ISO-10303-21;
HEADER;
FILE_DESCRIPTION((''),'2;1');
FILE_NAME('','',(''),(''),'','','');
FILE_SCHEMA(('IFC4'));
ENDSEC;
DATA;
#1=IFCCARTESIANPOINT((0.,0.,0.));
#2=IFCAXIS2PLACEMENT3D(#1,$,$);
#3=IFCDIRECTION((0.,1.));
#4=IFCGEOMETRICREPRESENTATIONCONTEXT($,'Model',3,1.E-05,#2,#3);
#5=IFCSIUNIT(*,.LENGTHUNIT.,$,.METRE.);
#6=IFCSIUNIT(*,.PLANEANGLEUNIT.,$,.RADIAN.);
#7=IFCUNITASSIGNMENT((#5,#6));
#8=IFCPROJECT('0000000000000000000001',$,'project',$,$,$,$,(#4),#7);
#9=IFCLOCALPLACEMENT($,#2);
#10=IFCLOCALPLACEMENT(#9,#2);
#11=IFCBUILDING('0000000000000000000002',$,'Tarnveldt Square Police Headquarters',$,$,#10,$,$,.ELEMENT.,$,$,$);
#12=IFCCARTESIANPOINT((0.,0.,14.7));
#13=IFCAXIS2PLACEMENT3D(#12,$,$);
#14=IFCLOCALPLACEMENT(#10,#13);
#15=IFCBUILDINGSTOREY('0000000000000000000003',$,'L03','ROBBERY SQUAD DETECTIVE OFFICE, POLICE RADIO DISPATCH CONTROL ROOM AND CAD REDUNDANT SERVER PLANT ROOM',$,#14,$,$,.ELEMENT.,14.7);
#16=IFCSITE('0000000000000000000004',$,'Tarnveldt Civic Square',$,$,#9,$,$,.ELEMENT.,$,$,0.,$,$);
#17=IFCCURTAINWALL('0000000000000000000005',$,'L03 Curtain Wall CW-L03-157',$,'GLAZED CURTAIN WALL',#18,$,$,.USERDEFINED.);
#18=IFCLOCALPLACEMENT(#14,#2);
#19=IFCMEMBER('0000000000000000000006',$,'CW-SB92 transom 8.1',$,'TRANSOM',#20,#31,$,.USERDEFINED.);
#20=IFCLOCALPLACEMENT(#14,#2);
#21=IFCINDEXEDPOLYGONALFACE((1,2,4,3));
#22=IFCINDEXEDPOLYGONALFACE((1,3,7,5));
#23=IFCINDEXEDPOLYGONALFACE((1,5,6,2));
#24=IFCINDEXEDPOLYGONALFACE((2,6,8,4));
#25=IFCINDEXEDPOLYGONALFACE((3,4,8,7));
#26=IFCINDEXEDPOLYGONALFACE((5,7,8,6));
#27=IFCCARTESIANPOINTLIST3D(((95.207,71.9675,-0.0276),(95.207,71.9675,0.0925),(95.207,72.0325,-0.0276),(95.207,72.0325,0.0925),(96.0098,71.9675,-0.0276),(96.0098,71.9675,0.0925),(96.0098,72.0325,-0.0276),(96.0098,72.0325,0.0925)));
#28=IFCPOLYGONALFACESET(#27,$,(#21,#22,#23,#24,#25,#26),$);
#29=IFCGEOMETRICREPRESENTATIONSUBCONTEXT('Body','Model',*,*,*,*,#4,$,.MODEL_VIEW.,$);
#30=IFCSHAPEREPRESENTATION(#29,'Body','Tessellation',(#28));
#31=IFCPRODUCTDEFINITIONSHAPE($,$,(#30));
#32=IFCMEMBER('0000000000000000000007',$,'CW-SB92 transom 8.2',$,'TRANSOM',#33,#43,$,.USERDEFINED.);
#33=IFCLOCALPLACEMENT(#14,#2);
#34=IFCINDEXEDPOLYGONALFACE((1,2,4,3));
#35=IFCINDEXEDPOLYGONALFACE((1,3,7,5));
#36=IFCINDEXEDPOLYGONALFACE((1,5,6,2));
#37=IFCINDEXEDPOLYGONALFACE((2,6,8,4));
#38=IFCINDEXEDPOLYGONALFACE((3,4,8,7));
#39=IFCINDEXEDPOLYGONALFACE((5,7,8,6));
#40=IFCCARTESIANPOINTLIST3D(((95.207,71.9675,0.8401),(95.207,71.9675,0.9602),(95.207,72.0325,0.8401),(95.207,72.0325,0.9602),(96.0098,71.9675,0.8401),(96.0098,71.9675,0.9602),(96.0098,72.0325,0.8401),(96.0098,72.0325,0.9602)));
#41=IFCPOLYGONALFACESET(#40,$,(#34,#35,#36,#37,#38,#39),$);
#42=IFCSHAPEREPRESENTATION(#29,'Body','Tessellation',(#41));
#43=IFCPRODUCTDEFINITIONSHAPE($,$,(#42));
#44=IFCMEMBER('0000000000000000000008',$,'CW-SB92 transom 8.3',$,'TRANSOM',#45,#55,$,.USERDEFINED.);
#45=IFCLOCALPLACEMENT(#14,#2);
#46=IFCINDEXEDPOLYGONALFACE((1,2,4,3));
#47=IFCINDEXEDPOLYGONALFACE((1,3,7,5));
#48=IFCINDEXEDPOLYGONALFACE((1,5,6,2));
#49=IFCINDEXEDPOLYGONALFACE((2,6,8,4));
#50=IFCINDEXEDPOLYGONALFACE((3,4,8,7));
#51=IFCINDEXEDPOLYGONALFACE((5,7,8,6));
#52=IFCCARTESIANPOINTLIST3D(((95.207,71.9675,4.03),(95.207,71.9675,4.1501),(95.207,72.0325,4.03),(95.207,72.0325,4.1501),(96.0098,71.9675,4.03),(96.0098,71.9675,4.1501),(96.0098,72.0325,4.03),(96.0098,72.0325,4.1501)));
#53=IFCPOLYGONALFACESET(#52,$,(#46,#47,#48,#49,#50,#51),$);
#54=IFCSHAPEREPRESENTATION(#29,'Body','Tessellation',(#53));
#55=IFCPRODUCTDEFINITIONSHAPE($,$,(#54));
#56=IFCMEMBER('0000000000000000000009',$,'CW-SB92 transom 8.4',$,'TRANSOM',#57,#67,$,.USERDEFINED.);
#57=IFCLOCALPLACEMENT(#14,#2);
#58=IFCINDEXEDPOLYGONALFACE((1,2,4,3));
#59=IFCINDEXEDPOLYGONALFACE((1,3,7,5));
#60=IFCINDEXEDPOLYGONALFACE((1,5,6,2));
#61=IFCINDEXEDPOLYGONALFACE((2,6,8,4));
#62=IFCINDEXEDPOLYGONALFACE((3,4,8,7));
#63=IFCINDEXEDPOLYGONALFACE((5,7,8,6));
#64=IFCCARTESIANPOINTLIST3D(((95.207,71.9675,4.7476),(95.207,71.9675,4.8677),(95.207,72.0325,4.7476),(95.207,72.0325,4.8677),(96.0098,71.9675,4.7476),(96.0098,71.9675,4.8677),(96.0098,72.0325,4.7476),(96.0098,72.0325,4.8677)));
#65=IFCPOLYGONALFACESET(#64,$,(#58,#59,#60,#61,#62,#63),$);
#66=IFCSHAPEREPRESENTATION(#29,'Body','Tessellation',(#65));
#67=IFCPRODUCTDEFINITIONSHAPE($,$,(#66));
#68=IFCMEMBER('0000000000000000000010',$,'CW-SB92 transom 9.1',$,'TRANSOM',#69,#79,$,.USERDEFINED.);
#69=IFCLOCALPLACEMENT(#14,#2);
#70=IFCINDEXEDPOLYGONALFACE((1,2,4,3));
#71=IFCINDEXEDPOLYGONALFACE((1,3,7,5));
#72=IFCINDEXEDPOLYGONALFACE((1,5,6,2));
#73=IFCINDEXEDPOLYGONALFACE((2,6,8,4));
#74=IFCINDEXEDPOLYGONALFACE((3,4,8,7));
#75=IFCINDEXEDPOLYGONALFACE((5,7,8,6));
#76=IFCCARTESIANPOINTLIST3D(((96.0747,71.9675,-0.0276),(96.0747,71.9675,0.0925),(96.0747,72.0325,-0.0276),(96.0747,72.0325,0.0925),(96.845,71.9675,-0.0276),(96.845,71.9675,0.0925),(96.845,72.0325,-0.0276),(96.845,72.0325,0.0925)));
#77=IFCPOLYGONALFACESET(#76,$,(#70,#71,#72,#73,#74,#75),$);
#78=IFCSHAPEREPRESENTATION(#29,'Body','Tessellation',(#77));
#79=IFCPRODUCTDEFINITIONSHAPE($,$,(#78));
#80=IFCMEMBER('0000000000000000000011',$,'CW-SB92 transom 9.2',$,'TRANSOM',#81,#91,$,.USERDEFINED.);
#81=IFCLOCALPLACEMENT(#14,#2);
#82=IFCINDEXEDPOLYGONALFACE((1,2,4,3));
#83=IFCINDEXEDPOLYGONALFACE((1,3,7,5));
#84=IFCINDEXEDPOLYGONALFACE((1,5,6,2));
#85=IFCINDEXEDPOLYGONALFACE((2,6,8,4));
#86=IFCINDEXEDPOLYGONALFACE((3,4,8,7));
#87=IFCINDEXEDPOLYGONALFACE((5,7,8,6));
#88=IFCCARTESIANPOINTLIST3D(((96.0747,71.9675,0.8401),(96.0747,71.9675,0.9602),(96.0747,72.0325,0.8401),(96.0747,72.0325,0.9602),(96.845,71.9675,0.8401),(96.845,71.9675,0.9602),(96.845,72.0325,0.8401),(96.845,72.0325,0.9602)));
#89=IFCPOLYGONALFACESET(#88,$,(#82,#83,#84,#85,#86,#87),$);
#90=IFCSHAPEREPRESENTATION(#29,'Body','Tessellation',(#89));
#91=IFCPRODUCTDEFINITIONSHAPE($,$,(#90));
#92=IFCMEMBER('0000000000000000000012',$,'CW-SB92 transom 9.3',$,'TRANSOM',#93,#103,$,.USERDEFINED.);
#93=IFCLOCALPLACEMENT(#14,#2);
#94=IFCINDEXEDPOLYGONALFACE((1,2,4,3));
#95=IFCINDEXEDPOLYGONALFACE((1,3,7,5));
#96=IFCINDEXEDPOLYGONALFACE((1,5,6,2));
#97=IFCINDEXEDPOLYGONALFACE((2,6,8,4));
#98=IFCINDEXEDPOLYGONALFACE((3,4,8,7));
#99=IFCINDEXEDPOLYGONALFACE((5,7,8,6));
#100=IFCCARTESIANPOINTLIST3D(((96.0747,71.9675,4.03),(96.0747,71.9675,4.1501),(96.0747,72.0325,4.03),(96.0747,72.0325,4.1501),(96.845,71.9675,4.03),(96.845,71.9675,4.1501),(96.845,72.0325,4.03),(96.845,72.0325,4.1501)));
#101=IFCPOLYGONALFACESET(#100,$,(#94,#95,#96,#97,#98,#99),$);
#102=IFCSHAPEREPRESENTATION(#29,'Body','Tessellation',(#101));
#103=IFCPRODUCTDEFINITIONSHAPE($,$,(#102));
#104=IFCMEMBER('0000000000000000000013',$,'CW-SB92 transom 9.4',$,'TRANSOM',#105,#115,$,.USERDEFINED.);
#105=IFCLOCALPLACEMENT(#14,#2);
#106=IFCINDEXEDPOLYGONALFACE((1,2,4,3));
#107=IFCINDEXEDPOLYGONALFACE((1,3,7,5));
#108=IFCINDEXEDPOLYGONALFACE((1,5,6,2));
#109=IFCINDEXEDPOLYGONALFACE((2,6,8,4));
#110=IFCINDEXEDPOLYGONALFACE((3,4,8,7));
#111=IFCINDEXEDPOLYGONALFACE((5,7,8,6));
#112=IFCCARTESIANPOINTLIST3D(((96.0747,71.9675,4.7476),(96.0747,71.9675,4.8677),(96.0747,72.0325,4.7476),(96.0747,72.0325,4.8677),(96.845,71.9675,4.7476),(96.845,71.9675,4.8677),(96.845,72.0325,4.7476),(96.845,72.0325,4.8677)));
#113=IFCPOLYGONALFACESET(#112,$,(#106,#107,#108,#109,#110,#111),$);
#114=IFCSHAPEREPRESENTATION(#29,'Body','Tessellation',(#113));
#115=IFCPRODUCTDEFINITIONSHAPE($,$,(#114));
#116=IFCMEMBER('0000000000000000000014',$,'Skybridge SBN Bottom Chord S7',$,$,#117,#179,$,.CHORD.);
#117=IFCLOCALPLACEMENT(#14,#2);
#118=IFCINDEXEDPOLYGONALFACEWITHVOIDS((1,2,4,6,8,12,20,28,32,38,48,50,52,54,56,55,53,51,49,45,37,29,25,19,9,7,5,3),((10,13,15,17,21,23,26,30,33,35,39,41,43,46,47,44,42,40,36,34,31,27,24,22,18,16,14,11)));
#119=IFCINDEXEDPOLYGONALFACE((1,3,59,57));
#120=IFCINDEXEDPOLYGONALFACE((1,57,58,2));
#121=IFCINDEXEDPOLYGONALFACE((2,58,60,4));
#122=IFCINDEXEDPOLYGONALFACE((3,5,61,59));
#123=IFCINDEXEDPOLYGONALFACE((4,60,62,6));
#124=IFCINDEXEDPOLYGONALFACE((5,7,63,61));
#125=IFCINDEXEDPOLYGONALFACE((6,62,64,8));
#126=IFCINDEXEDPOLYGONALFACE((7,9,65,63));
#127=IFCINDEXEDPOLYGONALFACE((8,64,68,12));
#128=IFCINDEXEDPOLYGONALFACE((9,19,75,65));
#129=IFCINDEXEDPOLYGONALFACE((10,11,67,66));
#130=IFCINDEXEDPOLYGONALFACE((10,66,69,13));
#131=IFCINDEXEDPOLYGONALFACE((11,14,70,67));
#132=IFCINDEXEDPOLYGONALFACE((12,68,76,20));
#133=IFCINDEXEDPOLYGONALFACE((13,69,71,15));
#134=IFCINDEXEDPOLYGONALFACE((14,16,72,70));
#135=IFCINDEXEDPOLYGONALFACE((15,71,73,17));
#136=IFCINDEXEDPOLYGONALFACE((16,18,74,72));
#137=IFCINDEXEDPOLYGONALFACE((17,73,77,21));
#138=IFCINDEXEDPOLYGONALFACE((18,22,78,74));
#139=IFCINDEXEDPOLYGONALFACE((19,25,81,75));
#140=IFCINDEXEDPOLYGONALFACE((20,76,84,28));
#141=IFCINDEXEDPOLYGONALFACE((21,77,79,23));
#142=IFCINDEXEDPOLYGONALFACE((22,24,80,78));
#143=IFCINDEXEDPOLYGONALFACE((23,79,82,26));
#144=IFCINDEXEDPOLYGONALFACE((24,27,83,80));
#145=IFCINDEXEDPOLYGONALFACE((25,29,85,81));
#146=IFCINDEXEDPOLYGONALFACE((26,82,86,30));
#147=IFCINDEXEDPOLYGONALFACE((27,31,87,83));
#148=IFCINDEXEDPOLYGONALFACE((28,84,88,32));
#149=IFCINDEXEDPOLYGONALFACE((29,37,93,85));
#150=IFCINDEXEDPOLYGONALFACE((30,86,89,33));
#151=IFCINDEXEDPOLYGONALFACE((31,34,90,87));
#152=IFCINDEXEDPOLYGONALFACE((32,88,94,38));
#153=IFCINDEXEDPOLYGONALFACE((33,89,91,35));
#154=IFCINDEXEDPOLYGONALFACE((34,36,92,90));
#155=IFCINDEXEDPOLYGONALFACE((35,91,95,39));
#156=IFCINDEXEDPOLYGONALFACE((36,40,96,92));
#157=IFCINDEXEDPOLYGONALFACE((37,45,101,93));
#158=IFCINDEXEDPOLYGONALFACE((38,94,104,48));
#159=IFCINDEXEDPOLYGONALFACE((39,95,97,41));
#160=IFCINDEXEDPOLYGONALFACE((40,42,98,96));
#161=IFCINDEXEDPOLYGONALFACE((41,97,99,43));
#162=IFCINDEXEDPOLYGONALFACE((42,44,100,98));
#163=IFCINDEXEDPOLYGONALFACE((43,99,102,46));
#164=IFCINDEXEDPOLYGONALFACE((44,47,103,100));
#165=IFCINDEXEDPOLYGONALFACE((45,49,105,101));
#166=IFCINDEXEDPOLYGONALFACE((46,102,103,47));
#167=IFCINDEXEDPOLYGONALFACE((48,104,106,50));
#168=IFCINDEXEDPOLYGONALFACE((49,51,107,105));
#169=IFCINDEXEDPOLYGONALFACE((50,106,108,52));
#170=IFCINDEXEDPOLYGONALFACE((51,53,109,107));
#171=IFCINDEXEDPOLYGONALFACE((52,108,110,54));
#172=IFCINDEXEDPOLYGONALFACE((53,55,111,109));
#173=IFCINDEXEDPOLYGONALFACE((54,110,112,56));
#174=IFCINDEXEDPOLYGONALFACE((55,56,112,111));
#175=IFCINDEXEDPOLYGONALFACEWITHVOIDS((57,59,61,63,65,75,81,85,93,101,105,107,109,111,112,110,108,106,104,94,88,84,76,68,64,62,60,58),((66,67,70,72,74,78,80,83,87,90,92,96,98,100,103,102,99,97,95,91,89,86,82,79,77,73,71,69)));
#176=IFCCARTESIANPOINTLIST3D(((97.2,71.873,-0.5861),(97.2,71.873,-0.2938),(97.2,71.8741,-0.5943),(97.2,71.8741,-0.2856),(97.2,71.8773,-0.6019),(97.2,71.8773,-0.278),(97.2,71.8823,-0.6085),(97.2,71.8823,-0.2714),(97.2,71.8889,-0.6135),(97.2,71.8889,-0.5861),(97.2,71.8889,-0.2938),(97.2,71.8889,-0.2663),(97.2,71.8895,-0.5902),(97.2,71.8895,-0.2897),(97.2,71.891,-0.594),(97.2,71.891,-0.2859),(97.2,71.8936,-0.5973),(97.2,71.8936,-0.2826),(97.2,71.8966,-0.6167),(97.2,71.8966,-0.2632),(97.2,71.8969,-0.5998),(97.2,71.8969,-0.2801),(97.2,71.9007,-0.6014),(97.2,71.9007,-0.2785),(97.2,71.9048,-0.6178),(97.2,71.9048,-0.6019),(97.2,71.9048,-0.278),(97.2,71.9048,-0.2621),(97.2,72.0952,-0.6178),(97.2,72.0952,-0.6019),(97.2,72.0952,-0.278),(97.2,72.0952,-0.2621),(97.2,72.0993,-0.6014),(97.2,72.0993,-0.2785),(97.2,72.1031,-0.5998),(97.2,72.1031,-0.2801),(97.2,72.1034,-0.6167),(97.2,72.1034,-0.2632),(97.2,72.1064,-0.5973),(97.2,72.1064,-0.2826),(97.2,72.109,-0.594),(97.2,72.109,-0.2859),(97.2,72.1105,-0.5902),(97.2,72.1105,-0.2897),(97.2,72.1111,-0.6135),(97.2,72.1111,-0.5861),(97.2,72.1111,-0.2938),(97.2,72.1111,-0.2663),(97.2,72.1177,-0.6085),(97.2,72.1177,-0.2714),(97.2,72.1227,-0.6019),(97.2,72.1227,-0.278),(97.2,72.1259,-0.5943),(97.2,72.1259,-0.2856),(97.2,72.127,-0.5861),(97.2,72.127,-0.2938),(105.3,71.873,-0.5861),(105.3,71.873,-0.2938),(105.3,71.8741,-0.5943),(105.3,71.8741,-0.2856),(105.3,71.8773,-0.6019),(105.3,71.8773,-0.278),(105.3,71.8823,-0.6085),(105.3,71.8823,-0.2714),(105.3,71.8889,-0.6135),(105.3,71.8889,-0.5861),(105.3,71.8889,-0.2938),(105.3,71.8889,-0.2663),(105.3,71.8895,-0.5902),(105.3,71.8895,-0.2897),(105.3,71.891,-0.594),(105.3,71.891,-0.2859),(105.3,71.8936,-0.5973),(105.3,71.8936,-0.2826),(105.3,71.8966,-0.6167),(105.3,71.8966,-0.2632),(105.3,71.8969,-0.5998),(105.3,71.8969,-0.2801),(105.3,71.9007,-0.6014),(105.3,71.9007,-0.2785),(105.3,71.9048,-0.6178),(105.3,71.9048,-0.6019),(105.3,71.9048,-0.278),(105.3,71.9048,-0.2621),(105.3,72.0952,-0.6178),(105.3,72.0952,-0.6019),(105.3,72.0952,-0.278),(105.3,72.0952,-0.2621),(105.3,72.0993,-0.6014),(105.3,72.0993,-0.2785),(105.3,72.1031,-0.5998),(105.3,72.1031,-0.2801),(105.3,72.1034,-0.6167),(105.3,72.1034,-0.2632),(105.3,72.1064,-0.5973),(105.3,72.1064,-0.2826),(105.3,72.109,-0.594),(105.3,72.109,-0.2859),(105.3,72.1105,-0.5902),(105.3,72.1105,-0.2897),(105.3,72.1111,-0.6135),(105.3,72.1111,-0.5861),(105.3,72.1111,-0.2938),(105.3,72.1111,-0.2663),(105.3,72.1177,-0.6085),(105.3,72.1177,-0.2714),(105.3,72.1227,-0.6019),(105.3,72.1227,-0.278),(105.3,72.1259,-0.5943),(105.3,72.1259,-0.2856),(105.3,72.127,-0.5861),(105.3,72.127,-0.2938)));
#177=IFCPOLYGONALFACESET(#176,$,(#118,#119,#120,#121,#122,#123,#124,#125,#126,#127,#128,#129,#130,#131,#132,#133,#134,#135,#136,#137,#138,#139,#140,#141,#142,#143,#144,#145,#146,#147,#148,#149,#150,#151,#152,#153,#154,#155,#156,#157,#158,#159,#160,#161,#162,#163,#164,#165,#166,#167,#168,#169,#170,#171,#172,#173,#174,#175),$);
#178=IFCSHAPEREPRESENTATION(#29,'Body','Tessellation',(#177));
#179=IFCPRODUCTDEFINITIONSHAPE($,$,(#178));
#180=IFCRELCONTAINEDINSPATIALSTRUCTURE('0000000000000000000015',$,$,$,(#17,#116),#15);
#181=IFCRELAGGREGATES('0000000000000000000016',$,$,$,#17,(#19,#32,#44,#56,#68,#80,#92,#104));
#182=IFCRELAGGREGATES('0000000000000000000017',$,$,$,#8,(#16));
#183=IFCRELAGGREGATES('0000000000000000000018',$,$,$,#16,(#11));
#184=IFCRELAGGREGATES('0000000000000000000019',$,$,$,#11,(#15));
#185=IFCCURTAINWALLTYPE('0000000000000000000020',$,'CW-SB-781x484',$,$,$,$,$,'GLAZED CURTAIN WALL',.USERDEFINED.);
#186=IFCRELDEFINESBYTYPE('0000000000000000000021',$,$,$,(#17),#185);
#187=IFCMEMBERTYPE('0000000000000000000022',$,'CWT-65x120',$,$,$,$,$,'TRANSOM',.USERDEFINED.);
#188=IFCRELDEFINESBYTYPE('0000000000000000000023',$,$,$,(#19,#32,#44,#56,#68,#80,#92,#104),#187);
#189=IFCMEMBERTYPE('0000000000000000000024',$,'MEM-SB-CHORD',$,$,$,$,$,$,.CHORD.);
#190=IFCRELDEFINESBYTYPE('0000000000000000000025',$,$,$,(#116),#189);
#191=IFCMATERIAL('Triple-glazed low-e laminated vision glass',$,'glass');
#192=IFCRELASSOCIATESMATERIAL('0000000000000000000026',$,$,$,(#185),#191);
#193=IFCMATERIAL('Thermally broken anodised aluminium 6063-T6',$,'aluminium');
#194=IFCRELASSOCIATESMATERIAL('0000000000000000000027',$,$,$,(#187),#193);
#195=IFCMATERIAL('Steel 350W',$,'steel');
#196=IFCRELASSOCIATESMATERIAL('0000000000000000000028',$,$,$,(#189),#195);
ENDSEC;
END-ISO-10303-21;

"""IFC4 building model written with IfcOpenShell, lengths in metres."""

from ifc_helpers import new_model, si_unit, direction, frame, origin, origin_2d, place, context, subcontext, project, spatial, rectangle, hollow_rectangle, extrude, material, material_profile, profile_set, type_object, element, aggregate, save


model = new_model("IFC4")

# Units and contexts
model_context = context("Model", 3, precision=1e-05, world=origin(), true_north=direction((0.0, 1.0)))
body_context = subcontext(model_context, "Body", "Model", "MODEL_VIEW")
ifc_project = project(units=[si_unit("LENGTHUNIT", "METRE"), si_unit("PLANEANGLEUNIT", "RADIAN")], contexts=[model_context])

# Site, building, storey
site_placement = place(None, origin())
site = spatial("IfcSite", under=ifc_project, at=site_placement, Name="Tarnveldt Civic Square", CompositionType="ELEMENT", RefElevation=0.0)
building_placement = place(site_placement, origin())
building = spatial("IfcBuilding", under=site, at=building_placement, Name="Tarnveldt Square Police Headquarters", CompositionType="ELEMENT")
storey_placement = place(building_placement, frame((0.0, 0.0, 14.7)))
storey = spatial("IfcBuildingStorey", under=building, at=storey_placement, Name="L03", Description="ROBBERY SQUAD DETECTIVE OFFICE, POLICE RADIO DISPATCH CONTROL ROOM AND CAD REDUNDANT SERVER PLANT ROOM", CompositionType="ELEMENT", Elevation=14.7)

# Shared definitions
ifc_material_1 = material(Name="Steel 350W", Category="steel")

# Curtain wall
ifc_material_2 = material(Name="Triple-glazed low-e laminated vision glass", Category="glass")
curtain_wall_type_1 = type_object("IfcCurtainWallType", Name="CW-SB-781x484", ElementType="GLAZED CURTAIN WALL", PredefinedType="USERDEFINED", material=ifc_material_2)
curtain_wall_1_placement = place(storey_placement, origin())
curtain_wall_1 = element("IfcCurtainWall", 1, at=curtain_wall_1_placement, inside=storey, type_object=curtain_wall_type_1, Name="L03 Curtain Wall CW-L03-157", ObjectType="GLAZED CURTAIN WALL", PredefinedType="USERDEFINED")
ifc_material_3 = material(Name="Thermally broken anodised aluminium 6063-T6", Category="aluminium")

# Members
ifc_material_profile_1 = material_profile(ifc_material_3, rectangle(XDim=0.0649, YDim=0.1201, at=origin_2d()), Name="CW-T65x120")
ifc_profile_set_1 = profile_set([ifc_material_profile_1], Name="Thermally broken anodised aluminium 6063-T6")
member_type_1 = type_object("IfcMemberType", Name="CWT-65x120", ElementType="TRANSOM", PredefinedType="USERDEFINED", material=ifc_profile_set_1)
member_1_placement = place(storey_placement, frame((95.207, 72.0, 0.0325), z_axis=(1.0, 0.0, 0.0), x_axis=(0.0, 1.0, 0.0)))
member_1 = element("IfcMember", 2, at=member_1_placement, type_object=member_type_1, Name="CW-SB92 transom 8.1", ObjectType="TRANSOM", PredefinedType="USERDEFINED", context=body_context, shape_type="SweptSolid", body=[
    extrude(rectangle(XDim=0.0649, YDim=0.1201, at=origin_2d()), origin(), (0.0, 0.0, 1.0), 0.8027),
])
member_2_placement = place(storey_placement, frame((95.207, 72.0, 0.9001), z_axis=(1.0, 0.0, 0.0), x_axis=(0.0, 1.0, 0.0)))
member_2 = element("IfcMember", 3, at=member_2_placement, type_object=member_type_1, Name="CW-SB92 transom 8.2", ObjectType="TRANSOM", PredefinedType="USERDEFINED", context=body_context, shape_type="SweptSolid", body=[
    extrude(rectangle(XDim=0.0649, YDim=0.1201, at=origin_2d()), origin(), (0.0, 0.0, 1.0), 0.8027),
])
member_3_placement = place(storey_placement, frame((95.207, 72.0, 4.0901), z_axis=(1.0, 0.0, 0.0), x_axis=(0.0, 1.0, 0.0)))
member_3 = element("IfcMember", 4, at=member_3_placement, type_object=member_type_1, Name="CW-SB92 transom 8.3", ObjectType="TRANSOM", PredefinedType="USERDEFINED", context=body_context, shape_type="SweptSolid", body=[
    extrude(rectangle(XDim=0.0649, YDim=0.1201, at=origin_2d()), origin(), (0.0, 0.0, 1.0), 0.8027),
])
member_4_placement = place(storey_placement, frame((95.207, 72.0, 4.8076), z_axis=(1.0, 0.0, 0.0), x_axis=(0.0, 1.0, 0.0)))
member_4 = element("IfcMember", 5, at=member_4_placement, type_object=member_type_1, Name="CW-SB92 transom 8.4", ObjectType="TRANSOM", PredefinedType="USERDEFINED", context=body_context, shape_type="SweptSolid", body=[
    extrude(rectangle(XDim=0.0649, YDim=0.1201, at=origin_2d()), origin(), (0.0, 0.0, 1.0), 0.8027),
])
member_5_placement = place(storey_placement, frame((96.0747, 72.0, 0.0325), z_axis=(1.0, 0.0, 0.0), x_axis=(0.0, 1.0, 0.0)))
member_5 = element("IfcMember", 6, at=member_5_placement, type_object=member_type_1, Name="CW-SB92 transom 9.1", ObjectType="TRANSOM", PredefinedType="USERDEFINED", context=body_context, shape_type="SweptSolid", body=[
    extrude(rectangle(XDim=0.0649, YDim=0.1201, at=origin_2d()), origin(), (0.0, 0.0, 1.0), 0.7703),
])
member_6_placement = place(storey_placement, frame((96.0747, 72.0, 0.9001), z_axis=(1.0, 0.0, 0.0), x_axis=(0.0, 1.0, 0.0)))
member_6 = element("IfcMember", 7, at=member_6_placement, type_object=member_type_1, Name="CW-SB92 transom 9.2", ObjectType="TRANSOM", PredefinedType="USERDEFINED", context=body_context, shape_type="SweptSolid", body=[
    extrude(rectangle(XDim=0.0649, YDim=0.1201, at=origin_2d()), origin(), (0.0, 0.0, 1.0), 0.7703),
])
member_7_placement = place(storey_placement, frame((96.0747, 72.0, 4.0901), z_axis=(1.0, 0.0, 0.0), x_axis=(0.0, 1.0, 0.0)))
member_7 = element("IfcMember", 8, at=member_7_placement, type_object=member_type_1, Name="CW-SB92 transom 9.3", ObjectType="TRANSOM", PredefinedType="USERDEFINED", context=body_context, shape_type="SweptSolid", body=[
    extrude(rectangle(XDim=0.0649, YDim=0.1201, at=origin_2d()), origin(), (0.0, 0.0, 1.0), 0.7703),
])
member_8_placement = place(storey_placement, frame((96.0747, 72.0, 4.8076), z_axis=(1.0, 0.0, 0.0), x_axis=(0.0, 1.0, 0.0)))
member_8 = element("IfcMember", 9, at=member_8_placement, type_object=member_type_1, Name="CW-SB92 transom 9.4", ObjectType="TRANSOM", PredefinedType="USERDEFINED", context=body_context, shape_type="SweptSolid", body=[
    extrude(rectangle(XDim=0.0649, YDim=0.1201, at=origin_2d()), origin(), (0.0, 0.0, 1.0), 0.7703),
])

# Member
ifc_material_profile_2 = material_profile(ifc_material_1, hollow_rectangle(XDim=0.2539, YDim=0.3557, WallThickness=0.0159, InnerFilletRadius=0.0159, OuterFilletRadius=0.0317, at=origin_2d()), Name="HSS356x254x16")
ifc_profile_set_2 = profile_set([ifc_material_profile_2], Name="Steel 350W")
member_type_2 = type_object("IfcMemberType", Name="MEM-SB-CHORD", PredefinedType="CHORD", material=ifc_profile_set_2)
for number, where, z_axis, x_axis, name in (
    (10, (97.2, 72.0, -0.4399), (1.0, 0.0, 0.0), (0.0, 1.0, 0.0), "Skybridge SBN Bottom Chord S7"),
):
    element("IfcMember", number, at=place(storey_placement, frame(where, z_axis=z_axis, x_axis=x_axis)), inside=storey, type_object=member_type_2, Name=name, PredefinedType="CHORD", context=body_context, shape_type="SweptSolid", body=[
        extrude(hollow_rectangle(XDim=0.2539, YDim=0.3557, WallThickness=0.0159, InnerFilletRadius=0.0159, OuterFilletRadius=0.0317, at=origin_2d()), origin(), (0.0, 0.0, 1.0), 8.1001),
    ])

aggregate(curtain_wall_1, [member_1, member_2, member_3, member_4, member_5, member_6, member_7, member_8])

save(model, "model.ifc")
